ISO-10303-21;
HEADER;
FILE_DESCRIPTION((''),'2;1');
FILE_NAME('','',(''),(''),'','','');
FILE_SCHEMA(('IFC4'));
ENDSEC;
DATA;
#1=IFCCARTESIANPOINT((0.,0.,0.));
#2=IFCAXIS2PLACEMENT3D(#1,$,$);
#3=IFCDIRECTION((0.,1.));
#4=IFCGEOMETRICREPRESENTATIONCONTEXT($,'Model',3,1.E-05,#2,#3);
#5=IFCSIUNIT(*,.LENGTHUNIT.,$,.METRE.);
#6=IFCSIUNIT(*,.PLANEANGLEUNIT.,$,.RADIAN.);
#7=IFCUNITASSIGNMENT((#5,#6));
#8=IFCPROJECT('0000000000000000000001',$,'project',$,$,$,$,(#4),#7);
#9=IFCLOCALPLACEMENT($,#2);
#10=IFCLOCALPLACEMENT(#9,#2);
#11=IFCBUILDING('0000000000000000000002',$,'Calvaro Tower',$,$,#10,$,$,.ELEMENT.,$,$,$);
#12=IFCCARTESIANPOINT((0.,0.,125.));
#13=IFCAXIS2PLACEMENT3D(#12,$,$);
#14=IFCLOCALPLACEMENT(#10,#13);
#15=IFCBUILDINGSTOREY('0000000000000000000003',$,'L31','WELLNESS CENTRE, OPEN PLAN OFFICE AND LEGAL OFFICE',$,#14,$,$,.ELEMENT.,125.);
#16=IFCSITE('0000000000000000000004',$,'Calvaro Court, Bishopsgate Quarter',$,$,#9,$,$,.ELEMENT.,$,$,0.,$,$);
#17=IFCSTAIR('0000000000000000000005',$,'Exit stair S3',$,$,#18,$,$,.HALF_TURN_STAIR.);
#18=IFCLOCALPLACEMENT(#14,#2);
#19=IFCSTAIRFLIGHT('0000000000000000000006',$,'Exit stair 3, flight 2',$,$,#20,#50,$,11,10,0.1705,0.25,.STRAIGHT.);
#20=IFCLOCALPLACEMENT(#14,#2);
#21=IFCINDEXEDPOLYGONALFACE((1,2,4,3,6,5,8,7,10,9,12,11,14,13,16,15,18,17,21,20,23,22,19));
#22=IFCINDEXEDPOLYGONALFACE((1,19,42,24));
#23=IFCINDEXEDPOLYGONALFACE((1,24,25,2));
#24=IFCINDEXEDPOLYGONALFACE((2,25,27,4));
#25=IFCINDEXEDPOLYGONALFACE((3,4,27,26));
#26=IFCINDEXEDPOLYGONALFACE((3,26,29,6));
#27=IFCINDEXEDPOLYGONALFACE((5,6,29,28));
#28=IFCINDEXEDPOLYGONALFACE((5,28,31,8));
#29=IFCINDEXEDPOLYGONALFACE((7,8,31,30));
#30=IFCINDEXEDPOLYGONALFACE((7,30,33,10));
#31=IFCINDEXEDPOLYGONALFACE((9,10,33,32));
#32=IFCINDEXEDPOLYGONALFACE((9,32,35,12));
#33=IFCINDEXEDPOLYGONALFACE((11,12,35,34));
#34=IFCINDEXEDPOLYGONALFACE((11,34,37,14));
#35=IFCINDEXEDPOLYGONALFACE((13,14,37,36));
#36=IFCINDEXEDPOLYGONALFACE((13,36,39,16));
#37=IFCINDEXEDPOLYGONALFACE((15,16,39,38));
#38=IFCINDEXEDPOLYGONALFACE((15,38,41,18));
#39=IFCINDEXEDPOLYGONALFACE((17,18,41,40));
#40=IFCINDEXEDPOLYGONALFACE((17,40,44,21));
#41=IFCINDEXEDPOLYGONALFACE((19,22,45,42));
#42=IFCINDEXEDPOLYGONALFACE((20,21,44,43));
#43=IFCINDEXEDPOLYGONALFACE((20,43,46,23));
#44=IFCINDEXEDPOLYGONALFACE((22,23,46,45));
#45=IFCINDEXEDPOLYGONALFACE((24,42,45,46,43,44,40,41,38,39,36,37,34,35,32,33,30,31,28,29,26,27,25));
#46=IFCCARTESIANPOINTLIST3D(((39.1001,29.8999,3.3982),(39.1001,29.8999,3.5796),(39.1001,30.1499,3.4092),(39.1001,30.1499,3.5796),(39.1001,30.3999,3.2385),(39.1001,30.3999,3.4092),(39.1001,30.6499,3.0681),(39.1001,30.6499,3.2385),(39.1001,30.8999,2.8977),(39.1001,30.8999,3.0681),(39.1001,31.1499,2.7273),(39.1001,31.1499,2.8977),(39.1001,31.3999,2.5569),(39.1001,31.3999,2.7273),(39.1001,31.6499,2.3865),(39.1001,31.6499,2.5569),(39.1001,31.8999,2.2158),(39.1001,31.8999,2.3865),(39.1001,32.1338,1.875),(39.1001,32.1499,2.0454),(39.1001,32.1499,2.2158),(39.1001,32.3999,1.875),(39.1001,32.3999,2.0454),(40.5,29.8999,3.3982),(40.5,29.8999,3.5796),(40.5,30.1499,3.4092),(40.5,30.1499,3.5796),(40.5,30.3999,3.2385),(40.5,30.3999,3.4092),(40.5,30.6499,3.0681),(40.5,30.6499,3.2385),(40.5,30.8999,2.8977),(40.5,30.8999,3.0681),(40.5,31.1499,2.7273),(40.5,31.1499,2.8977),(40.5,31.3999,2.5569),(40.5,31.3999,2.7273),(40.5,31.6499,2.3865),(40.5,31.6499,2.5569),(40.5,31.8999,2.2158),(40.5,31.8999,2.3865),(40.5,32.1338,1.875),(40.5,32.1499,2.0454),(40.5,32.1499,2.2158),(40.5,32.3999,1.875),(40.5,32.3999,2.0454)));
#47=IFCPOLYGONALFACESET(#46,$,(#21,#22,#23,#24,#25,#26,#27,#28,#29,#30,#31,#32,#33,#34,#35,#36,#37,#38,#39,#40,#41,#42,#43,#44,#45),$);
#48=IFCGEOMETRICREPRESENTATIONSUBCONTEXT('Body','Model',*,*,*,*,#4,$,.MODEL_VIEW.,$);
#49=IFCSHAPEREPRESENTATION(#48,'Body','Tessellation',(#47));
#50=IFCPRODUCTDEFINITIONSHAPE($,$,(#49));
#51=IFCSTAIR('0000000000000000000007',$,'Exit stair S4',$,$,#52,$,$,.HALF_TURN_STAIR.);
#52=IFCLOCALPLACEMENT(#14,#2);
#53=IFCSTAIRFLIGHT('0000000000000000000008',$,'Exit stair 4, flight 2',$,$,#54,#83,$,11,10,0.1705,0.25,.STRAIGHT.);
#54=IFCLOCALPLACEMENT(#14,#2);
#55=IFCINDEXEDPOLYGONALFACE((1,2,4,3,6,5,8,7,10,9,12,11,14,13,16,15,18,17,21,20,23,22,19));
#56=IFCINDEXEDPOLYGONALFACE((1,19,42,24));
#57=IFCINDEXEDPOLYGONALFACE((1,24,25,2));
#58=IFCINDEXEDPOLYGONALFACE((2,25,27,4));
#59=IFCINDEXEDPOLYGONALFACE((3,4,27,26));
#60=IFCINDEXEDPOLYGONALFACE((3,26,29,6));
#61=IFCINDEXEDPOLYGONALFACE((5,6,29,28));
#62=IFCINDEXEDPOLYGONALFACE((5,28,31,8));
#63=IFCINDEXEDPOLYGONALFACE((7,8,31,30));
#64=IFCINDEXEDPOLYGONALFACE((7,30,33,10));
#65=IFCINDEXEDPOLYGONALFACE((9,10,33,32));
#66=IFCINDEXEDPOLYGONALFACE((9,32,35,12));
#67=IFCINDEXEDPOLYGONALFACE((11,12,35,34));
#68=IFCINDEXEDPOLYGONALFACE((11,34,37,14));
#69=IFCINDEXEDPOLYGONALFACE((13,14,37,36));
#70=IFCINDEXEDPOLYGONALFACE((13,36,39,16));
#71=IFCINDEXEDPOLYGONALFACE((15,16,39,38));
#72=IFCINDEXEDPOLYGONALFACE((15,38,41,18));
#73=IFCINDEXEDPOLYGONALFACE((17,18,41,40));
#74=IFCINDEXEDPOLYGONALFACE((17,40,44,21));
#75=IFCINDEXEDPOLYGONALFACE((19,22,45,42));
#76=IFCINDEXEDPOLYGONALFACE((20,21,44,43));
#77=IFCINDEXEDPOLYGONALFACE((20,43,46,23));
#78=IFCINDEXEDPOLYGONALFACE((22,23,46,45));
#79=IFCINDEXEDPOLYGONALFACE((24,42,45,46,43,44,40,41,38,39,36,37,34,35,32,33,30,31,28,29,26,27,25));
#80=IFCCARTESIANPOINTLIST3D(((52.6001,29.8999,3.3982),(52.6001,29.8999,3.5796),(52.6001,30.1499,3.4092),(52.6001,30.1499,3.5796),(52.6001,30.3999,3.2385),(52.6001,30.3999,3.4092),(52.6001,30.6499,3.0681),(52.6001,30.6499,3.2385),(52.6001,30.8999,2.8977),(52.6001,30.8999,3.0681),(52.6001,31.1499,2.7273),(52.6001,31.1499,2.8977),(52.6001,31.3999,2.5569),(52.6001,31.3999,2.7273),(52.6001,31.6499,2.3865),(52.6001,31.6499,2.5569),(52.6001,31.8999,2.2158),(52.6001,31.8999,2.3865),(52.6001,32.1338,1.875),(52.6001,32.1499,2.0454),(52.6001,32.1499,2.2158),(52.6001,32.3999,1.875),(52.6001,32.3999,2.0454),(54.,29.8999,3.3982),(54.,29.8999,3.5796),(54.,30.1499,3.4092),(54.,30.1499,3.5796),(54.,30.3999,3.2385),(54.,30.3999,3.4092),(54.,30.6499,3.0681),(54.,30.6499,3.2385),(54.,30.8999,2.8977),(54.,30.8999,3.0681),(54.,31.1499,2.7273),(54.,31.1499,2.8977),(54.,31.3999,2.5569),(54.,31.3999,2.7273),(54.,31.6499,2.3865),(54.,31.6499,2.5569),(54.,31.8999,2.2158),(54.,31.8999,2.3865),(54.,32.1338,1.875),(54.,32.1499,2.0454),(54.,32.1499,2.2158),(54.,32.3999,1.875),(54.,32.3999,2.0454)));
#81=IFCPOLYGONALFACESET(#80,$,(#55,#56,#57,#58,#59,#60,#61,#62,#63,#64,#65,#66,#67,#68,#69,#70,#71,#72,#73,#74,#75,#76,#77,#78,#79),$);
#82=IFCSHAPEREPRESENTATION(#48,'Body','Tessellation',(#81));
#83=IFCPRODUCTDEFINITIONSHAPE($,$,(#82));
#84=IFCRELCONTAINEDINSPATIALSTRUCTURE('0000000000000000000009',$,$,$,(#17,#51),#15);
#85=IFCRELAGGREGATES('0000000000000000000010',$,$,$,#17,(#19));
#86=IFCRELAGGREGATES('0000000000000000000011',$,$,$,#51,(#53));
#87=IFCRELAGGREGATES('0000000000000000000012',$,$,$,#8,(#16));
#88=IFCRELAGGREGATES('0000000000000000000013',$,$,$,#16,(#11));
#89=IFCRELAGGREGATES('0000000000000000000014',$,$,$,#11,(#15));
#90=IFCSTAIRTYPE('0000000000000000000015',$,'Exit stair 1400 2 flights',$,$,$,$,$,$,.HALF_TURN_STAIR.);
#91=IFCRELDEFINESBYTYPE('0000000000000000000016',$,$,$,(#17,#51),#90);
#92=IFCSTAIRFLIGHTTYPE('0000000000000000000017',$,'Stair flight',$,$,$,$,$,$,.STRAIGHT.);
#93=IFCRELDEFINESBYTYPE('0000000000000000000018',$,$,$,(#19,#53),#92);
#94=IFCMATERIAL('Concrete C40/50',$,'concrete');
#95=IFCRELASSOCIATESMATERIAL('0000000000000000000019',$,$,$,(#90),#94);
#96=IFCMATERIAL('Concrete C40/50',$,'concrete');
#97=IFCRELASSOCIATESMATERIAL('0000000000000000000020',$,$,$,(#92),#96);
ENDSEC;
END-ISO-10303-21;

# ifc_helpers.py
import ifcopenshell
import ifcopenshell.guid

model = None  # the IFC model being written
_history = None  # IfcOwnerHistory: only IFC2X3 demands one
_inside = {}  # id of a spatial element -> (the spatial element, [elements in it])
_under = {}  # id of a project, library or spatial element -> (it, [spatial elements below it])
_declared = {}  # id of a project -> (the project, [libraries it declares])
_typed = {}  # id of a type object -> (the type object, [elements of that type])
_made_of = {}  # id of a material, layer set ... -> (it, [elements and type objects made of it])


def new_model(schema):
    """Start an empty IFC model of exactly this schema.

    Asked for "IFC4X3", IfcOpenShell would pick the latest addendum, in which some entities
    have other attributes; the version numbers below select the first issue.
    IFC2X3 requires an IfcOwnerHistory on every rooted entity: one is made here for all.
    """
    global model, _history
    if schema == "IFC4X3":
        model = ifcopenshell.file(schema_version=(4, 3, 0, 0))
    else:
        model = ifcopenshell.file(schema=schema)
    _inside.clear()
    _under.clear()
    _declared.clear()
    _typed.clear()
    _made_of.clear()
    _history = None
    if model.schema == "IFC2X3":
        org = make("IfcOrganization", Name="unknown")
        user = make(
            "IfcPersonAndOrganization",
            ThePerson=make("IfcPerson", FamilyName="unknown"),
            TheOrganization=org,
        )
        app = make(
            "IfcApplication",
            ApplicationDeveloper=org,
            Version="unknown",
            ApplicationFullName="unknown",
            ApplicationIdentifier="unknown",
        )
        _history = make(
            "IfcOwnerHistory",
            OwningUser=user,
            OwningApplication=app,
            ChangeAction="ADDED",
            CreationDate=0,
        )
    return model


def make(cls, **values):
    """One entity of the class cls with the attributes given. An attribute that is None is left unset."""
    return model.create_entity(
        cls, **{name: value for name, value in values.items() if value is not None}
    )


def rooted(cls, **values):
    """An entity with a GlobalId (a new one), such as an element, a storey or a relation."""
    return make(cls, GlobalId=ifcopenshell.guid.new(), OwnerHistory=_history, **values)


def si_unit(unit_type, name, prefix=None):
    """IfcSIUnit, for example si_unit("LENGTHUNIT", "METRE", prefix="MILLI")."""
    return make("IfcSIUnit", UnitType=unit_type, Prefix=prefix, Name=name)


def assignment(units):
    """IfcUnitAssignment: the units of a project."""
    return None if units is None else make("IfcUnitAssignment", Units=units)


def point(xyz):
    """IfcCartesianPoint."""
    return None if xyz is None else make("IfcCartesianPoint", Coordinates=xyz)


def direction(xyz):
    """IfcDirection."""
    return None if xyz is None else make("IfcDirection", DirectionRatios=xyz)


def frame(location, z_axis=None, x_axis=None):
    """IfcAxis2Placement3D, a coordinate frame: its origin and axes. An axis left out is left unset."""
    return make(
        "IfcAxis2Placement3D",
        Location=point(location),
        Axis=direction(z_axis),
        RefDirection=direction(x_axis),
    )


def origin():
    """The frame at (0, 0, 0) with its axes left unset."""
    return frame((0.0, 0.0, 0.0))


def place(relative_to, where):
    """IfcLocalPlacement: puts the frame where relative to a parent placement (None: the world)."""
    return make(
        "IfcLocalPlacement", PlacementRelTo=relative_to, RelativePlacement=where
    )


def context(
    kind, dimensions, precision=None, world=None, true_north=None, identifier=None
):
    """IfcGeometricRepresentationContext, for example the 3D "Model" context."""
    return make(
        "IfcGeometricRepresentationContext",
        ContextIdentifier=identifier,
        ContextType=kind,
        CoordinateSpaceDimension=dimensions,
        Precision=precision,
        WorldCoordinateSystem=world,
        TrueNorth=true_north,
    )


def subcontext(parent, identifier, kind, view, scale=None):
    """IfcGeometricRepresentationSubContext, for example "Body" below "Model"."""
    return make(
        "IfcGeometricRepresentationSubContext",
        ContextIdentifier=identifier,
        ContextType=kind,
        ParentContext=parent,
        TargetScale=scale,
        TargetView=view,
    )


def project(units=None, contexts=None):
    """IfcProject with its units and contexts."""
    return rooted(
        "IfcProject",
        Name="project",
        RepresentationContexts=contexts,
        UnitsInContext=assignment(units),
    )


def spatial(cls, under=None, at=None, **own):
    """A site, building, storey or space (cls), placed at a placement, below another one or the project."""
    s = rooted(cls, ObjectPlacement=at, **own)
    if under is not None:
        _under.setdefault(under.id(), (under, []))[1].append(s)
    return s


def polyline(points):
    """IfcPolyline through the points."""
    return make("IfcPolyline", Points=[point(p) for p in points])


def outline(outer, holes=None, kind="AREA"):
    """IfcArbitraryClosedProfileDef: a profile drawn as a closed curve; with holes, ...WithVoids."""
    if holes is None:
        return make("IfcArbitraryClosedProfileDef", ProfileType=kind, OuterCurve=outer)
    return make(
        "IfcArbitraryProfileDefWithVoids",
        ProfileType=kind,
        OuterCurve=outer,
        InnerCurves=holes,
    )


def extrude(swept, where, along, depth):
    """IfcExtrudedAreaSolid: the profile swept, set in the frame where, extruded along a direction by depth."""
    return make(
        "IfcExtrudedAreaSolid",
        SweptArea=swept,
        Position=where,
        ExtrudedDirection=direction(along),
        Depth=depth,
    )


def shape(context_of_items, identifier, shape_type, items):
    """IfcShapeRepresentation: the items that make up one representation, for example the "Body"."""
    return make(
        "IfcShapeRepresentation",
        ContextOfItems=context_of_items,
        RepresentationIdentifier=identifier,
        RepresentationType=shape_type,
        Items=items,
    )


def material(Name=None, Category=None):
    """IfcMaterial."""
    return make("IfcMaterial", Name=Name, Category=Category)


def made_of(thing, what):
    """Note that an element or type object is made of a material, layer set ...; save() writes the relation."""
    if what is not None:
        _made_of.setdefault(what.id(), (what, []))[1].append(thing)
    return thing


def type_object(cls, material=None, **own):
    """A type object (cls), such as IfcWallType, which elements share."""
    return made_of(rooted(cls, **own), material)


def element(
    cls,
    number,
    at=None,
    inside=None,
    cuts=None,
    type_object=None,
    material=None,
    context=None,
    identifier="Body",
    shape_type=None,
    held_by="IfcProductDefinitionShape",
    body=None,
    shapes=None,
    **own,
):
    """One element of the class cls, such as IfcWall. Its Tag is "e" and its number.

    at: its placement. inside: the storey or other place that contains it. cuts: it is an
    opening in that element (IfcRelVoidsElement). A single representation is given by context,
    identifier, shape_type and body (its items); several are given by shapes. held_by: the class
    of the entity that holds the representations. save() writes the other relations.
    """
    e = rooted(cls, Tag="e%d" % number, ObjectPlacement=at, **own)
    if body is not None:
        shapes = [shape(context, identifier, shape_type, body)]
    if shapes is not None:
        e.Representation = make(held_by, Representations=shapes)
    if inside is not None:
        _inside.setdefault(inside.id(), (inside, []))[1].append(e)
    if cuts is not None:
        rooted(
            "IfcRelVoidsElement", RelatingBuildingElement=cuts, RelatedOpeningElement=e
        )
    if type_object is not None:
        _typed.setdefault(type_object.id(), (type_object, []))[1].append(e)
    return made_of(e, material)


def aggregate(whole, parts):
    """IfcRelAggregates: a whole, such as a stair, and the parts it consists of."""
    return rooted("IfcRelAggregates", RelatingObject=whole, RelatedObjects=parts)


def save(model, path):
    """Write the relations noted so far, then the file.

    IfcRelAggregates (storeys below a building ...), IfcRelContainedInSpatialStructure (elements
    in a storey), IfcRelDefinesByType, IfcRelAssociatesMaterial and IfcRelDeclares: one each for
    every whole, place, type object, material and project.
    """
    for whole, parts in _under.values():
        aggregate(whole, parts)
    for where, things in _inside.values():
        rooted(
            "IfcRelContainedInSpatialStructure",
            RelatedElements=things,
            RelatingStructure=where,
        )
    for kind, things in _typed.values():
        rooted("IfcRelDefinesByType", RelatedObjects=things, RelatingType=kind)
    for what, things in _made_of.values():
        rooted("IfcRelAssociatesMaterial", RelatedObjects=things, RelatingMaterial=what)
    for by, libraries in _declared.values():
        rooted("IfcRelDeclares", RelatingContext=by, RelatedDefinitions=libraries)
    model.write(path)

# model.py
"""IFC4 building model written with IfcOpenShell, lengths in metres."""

from ifc_helpers import new_model, si_unit, direction, frame, origin, place, context, subcontext, project, spatial, polyline, outline, extrude, material, type_object, element, aggregate, save


model = new_model("IFC4")

# Units and contexts
model_context = context("Model", 3, precision=1e-05, world=origin(), true_north=direction((0.0, 1.0)))
body_context = subcontext(model_context, "Body", "Model", "MODEL_VIEW")
ifc_project = project(units=[si_unit("LENGTHUNIT", "METRE"), si_unit("PLANEANGLEUNIT", "RADIAN")], contexts=[model_context])

# Site, building, storey
site_placement = place(None, origin())
site = spatial("IfcSite", under=ifc_project, at=site_placement, Name="Calvaro Court, Bishopsgate Quarter", CompositionType="ELEMENT", RefElevation=0.0)
building_placement = place(site_placement, origin())
building = spatial("IfcBuilding", under=site, at=building_placement, Name="Calvaro Tower", CompositionType="ELEMENT")
storey_placement = place(building_placement, frame((0.0, 0.0, 125.0)))
storey = spatial("IfcBuildingStorey", under=building, at=storey_placement, Name="L31", Description="WELLNESS CENTRE, OPEN PLAN OFFICE AND LEGAL OFFICE", CompositionType="ELEMENT", Elevation=125.0)

# Stairs, stair flights
ifc_material_1 = material(Name="Concrete C40/50", Category="concrete")
stair_type = type_object("IfcStairType", Name="Exit stair 1400 2 flights", PredefinedType="HALF_TURN_STAIR", material=ifc_material_1)
stair_1_placement = place(storey_placement, origin())
stair_1 = element("IfcStair", 1, at=stair_1_placement, inside=storey, type_object=stair_type, Name="Exit stair S3", PredefinedType="HALF_TURN_STAIR")
ifc_material_2 = material(Name="Concrete C40/50", Category="concrete")
stair_flight_type = type_object("IfcStairFlightType", Name="Stair flight", PredefinedType="STRAIGHT", material=ifc_material_2)
stair_flight_1_placement = place(storey_placement, frame((39.8, 32.3999, 1.875), z_axis=(0.0, 0.0, 1.0), x_axis=(0.0, -1.0, 0.0)))
stair_flight_1 = element("IfcStairFlight", 2, at=stair_flight_1_placement, type_object=stair_flight_type, Name="Exit stair 3, flight 2", NumberOfRisers=11, NumberOfTreads=10, PredefinedType="STRAIGHT", RiserHeight=0.1705, TreadLength=0.25, context=body_context, shape_type="SweptSolid", body=[
    extrude(outline(polyline([(0.0, 0.0), (0.0, 0.1704), (0.25, 0.1704), (0.25, 0.3408), (0.5, 0.3408), (0.5, 0.5115), (0.75, 0.5115), (0.75, 0.6819), (1.0, 0.6819), (1.0, 0.8523), (1.25, 0.8523), (1.25, 1.0227), (1.5, 1.0227), (1.5, 1.1931), (1.75, 1.1931), (1.75, 1.3635), (2.0, 1.3635), (2.0, 1.5342), (2.25, 1.5342), (2.25, 1.7046), (2.5, 1.7046), (2.5, 1.875), (2.5, 1.5232), (0.2661, 0.0), (0.0, 0.0)])), frame((0.0, 0.7, 0.0), z_axis=(0.0, -1.0, 0.0), x_axis=(1.0, 0.0, 0.0)), (0.0, 0.0, 1.0), 1.3999),
])
stair_2_placement = place(storey_placement, origin())
stair_2 = element("IfcStair", 3, at=stair_2_placement, inside=storey, type_object=stair_type, Name="Exit stair S4", PredefinedType="HALF_TURN_STAIR")
stair_flight_2_placement = place(storey_placement, frame((53.3, 32.3999, 1.875), z_axis=(0.0, 0.0, 1.0), x_axis=(0.0, -1.0, 0.0)))
stair_flight_2 = element("IfcStairFlight", 4, at=stair_flight_2_placement, type_object=stair_flight_type, Name="Exit stair 4, flight 2", NumberOfRisers=11, NumberOfTreads=10, PredefinedType="STRAIGHT", RiserHeight=0.1705, TreadLength=0.25, context=body_context, shape_type="SweptSolid", body=[
    extrude(outline(polyline([(0.0, 0.0), (0.0, 0.1704), (0.25, 0.1704), (0.25, 0.3408), (0.5, 0.3408), (0.5, 0.5115), (0.75, 0.5115), (0.75, 0.6819), (1.0, 0.6819), (1.0, 0.8523), (1.25, 0.8523), (1.25, 1.0227), (1.5, 1.0227), (1.5, 1.1931), (1.75, 1.1931), (1.75, 1.3635), (2.0, 1.3635), (2.0, 1.5342), (2.25, 1.5342), (2.25, 1.7046), (2.5, 1.7046), (2.5, 1.875), (2.5, 1.5232), (0.2661, 0.0), (0.0, 0.0)])), frame((0.0, 0.7, 0.0), z_axis=(0.0, -1.0, 0.0), x_axis=(1.0, 0.0, 0.0)), (0.0, 0.0, 1.0), 1.3999),
])

aggregate(stair_1, [stair_flight_1])
aggregate(stair_2, [stair_flight_2])

save(model, "model.ifc")
